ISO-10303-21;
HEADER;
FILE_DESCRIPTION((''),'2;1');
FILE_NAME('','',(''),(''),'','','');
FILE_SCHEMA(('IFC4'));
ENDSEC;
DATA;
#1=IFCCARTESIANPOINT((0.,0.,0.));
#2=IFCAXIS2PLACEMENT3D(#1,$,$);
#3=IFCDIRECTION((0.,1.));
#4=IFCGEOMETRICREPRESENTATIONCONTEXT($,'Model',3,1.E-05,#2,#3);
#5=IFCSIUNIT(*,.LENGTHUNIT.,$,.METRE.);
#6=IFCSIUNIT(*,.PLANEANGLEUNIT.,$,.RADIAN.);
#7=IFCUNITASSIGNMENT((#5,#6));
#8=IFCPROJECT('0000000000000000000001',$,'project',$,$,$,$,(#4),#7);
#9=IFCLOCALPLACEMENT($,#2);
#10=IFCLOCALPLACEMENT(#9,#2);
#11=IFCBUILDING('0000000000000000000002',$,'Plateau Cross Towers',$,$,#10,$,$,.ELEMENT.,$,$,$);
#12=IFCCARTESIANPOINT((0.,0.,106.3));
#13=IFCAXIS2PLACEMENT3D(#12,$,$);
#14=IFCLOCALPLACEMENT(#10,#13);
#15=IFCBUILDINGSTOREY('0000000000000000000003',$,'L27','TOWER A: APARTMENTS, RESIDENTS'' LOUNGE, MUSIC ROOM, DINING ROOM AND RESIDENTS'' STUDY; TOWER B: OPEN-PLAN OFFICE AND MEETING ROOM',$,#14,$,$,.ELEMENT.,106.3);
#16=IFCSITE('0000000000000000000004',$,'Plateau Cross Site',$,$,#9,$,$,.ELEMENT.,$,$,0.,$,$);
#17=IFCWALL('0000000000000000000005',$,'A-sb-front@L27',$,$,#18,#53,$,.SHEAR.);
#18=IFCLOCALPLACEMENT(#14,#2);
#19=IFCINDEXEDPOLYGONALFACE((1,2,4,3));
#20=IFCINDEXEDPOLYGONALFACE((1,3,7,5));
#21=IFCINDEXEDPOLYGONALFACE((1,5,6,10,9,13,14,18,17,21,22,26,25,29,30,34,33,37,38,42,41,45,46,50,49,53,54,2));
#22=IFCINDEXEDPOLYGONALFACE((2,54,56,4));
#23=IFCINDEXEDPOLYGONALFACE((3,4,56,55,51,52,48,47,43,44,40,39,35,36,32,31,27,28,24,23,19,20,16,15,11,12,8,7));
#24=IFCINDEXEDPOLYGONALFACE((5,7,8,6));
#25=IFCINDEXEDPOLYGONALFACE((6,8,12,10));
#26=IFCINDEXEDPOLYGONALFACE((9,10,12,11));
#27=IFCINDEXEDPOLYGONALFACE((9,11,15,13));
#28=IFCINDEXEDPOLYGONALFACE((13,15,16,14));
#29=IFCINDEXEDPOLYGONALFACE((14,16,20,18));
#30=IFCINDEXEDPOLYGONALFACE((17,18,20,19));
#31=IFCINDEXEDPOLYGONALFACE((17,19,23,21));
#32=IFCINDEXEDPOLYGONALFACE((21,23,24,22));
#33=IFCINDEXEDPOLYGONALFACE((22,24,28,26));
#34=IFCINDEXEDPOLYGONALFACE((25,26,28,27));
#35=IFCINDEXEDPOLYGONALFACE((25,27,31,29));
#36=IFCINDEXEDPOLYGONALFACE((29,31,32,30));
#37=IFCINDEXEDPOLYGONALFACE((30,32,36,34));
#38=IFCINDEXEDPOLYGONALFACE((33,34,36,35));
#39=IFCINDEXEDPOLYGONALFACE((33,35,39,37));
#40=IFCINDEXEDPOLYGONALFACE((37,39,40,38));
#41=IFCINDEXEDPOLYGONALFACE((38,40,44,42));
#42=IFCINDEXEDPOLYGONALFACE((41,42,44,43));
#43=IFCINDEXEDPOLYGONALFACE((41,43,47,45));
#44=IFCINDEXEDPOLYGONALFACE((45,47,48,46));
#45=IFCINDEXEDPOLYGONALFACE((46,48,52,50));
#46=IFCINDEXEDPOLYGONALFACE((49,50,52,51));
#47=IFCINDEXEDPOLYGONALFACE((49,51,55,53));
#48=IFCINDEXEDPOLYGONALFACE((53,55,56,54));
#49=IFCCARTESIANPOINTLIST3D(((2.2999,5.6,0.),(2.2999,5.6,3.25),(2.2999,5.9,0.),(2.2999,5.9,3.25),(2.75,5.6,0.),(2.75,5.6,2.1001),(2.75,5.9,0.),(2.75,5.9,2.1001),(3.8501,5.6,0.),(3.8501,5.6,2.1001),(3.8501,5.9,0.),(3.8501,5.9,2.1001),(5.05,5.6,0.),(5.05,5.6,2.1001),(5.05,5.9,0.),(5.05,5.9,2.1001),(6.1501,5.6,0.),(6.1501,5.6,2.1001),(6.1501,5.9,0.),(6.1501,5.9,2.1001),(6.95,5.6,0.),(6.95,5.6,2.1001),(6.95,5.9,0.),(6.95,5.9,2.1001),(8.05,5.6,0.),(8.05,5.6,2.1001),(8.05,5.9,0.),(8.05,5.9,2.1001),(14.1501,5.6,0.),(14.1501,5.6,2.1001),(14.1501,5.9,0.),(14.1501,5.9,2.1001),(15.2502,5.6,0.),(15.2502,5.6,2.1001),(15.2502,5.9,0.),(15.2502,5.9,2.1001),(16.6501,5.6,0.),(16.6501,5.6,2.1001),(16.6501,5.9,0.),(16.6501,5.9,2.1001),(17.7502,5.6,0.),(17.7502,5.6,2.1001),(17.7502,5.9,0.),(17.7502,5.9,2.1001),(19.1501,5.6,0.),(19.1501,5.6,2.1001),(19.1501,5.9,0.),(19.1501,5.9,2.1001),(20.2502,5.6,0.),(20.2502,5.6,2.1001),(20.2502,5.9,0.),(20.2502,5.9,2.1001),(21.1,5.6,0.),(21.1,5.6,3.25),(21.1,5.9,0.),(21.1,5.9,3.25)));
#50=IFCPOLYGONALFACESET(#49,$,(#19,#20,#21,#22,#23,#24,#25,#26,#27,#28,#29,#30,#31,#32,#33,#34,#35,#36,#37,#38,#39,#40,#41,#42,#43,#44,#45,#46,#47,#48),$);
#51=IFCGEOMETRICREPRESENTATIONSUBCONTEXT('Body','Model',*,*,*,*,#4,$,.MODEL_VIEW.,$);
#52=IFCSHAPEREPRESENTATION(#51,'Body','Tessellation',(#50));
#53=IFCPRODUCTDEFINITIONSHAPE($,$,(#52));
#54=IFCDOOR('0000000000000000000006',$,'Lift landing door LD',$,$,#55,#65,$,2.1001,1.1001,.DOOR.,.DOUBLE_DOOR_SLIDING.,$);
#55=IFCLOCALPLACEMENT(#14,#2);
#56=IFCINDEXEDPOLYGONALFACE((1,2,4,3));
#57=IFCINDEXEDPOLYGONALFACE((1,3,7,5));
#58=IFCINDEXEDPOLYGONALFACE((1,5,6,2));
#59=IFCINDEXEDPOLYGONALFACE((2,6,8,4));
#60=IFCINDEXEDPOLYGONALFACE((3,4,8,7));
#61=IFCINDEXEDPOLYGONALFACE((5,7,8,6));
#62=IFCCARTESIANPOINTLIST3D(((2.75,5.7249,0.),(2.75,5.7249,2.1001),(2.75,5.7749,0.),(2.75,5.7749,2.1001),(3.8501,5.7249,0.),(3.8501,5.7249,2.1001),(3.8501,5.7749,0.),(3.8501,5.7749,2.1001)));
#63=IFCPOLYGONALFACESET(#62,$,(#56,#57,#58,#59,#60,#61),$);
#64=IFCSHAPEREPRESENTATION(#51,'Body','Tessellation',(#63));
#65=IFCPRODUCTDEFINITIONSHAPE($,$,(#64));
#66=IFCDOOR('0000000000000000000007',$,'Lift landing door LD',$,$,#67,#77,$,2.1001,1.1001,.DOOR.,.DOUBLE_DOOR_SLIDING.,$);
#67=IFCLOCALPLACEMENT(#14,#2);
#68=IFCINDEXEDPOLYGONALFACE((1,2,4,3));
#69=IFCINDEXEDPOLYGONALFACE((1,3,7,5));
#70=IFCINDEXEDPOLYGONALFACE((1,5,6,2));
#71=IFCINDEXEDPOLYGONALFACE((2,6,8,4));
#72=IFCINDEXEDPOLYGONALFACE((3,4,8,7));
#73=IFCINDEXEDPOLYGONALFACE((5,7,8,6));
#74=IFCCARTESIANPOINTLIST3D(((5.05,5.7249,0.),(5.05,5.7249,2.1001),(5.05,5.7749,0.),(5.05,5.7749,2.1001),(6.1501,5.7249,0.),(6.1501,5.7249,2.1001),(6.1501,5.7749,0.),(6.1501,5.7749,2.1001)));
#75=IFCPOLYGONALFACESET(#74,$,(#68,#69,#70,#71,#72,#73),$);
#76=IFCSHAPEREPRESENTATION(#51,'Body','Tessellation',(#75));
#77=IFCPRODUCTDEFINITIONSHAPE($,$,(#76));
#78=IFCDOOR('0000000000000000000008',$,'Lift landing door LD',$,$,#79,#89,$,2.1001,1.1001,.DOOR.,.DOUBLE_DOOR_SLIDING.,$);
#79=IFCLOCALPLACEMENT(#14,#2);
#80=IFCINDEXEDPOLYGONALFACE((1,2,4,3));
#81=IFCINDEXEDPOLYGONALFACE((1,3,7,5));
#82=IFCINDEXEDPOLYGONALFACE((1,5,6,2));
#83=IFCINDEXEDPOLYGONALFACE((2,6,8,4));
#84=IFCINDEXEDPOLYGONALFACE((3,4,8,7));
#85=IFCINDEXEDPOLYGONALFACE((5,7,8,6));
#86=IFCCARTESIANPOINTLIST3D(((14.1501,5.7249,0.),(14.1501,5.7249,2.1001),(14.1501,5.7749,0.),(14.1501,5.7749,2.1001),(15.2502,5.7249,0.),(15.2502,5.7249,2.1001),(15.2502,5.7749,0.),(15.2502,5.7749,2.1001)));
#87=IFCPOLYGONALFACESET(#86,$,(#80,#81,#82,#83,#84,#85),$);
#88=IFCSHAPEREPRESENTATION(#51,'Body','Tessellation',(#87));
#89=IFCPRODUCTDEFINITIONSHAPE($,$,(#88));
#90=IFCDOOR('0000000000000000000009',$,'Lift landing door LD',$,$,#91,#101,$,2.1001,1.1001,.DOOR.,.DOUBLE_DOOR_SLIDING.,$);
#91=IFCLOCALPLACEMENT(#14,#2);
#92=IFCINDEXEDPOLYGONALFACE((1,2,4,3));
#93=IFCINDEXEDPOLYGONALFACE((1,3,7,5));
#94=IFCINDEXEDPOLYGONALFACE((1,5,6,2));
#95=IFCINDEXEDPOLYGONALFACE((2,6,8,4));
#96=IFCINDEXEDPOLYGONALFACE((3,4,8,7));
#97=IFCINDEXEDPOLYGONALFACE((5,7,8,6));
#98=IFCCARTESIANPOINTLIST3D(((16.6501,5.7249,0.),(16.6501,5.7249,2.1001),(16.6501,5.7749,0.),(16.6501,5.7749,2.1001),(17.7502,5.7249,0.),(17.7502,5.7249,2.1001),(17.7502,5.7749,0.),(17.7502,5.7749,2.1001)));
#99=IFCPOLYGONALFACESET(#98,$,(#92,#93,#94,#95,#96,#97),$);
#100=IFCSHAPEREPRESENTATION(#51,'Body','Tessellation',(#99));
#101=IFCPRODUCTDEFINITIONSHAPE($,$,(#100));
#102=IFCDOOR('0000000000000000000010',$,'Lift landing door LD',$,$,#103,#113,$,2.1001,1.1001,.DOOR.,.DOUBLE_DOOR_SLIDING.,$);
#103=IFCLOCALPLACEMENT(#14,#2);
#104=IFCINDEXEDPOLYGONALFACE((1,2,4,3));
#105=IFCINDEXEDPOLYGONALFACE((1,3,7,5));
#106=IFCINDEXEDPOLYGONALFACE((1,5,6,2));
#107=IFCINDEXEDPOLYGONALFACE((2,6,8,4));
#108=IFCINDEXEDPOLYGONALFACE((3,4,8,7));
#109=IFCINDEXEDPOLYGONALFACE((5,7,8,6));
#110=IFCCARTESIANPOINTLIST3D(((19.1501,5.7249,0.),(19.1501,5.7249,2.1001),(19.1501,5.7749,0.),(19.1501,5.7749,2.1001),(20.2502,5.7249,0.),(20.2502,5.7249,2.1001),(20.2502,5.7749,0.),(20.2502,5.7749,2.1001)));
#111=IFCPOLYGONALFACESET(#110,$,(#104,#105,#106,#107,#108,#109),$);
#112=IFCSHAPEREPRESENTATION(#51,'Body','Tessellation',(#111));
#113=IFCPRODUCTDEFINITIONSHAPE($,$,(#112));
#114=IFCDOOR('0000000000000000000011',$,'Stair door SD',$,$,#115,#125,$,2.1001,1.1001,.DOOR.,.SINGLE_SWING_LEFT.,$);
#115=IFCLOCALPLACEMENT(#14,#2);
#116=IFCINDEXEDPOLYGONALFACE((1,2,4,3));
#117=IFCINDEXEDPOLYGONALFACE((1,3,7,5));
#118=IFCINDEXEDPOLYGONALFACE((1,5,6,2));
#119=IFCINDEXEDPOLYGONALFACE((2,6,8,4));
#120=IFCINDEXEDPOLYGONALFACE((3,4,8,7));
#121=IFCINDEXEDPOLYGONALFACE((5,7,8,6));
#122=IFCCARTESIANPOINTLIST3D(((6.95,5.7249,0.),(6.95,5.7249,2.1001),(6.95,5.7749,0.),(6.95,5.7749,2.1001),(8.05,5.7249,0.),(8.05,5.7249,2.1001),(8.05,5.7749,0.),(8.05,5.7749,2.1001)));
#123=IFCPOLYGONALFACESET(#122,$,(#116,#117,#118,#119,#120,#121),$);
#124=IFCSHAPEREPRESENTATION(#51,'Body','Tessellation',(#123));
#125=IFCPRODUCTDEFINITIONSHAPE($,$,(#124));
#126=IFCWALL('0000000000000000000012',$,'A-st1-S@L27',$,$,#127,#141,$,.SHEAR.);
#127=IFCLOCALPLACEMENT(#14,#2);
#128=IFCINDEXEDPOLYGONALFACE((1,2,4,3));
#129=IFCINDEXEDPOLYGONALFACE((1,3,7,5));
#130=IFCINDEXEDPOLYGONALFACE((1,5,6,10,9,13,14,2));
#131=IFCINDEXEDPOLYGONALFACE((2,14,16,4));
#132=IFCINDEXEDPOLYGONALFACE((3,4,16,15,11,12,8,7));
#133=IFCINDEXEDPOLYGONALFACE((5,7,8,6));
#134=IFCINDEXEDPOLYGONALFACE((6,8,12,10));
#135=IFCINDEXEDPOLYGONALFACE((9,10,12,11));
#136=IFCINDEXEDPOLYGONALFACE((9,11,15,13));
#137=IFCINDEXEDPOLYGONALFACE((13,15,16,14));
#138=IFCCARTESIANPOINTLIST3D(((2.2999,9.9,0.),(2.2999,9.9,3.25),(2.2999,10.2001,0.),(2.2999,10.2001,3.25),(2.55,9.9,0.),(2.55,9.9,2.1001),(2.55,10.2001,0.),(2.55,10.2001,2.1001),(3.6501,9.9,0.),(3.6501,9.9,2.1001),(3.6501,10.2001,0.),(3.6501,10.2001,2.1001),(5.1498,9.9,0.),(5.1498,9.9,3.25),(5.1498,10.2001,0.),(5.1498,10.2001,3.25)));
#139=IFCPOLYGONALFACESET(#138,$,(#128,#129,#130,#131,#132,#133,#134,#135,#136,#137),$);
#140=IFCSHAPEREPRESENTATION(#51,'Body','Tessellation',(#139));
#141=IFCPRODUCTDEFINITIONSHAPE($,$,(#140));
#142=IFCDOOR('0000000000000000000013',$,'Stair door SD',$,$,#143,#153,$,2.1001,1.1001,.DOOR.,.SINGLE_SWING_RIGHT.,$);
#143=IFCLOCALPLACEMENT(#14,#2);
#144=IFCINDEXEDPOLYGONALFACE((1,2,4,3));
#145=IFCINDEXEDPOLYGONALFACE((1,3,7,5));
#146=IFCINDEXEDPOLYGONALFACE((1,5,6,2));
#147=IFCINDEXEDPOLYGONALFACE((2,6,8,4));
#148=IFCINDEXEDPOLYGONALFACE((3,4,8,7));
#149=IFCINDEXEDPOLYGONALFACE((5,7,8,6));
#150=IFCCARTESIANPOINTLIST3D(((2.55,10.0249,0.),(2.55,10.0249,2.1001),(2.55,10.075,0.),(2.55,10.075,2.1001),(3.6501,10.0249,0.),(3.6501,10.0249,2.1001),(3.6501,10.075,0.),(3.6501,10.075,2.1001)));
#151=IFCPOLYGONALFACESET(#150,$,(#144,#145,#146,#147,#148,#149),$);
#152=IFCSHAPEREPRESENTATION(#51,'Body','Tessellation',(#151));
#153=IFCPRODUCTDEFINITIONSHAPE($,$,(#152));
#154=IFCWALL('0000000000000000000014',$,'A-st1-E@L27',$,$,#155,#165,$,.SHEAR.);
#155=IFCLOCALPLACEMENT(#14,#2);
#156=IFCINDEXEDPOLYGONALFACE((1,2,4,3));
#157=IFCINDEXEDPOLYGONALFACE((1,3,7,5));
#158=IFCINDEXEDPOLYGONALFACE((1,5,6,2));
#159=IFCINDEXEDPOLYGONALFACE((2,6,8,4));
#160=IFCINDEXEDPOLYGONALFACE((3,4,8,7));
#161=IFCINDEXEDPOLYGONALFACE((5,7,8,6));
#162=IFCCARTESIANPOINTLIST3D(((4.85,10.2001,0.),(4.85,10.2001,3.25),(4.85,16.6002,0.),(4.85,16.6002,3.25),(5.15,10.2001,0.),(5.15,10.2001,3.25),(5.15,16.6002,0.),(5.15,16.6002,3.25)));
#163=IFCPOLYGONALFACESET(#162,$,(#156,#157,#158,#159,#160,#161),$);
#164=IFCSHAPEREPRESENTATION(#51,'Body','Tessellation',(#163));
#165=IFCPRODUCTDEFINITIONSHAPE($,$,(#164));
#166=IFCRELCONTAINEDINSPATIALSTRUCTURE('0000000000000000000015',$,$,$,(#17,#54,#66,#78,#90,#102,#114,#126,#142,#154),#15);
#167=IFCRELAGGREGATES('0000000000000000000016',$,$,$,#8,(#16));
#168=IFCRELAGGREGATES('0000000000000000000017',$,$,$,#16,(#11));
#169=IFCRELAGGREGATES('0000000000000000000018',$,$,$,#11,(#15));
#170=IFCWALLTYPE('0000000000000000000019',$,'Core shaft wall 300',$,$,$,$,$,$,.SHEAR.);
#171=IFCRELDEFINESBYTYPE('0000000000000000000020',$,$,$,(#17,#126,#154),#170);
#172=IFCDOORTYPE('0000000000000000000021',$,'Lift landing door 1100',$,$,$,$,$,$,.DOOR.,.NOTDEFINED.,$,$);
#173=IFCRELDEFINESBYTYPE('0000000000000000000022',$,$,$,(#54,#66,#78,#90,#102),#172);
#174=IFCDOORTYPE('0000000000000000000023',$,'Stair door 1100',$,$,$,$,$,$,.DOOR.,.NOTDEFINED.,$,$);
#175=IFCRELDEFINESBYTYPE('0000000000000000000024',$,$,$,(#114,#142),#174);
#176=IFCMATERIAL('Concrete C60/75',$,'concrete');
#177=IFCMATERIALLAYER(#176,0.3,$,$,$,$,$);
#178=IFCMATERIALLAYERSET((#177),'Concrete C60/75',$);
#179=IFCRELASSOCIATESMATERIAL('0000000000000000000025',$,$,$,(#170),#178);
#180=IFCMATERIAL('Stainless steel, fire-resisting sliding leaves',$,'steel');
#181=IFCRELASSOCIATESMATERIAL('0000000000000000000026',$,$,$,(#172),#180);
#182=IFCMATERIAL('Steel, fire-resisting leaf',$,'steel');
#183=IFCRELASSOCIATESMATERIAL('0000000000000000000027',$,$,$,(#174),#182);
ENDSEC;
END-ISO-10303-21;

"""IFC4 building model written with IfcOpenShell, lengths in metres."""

from ifc_helpers import new_model, si_unit, direction, frame, frame_2d, origin, place, context, subcontext, project, spatial, rectangle, extrude, material, layer, layer_set, type_object, element, fill, save


model = new_model("IFC4")

# Units and contexts
model_context = context("Model", 3, precision=1e-05, world=origin(), true_north=direction((0.0, 1.0)))
body_context = subcontext(model_context, "Body", "Model", "MODEL_VIEW")
ifc_project = project(units=[si_unit("LENGTHUNIT", "METRE"), si_unit("PLANEANGLEUNIT", "RADIAN")], contexts=[model_context])

# Site, building, storey
site_placement = place(None, origin())
site = spatial("IfcSite", under=ifc_project, at=site_placement, Name="Plateau Cross Site", CompositionType="ELEMENT", RefElevation=0.0)
building_placement = place(site_placement, origin())
building = spatial("IfcBuilding", under=site, at=building_placement, Name="Plateau Cross Towers", CompositionType="ELEMENT")
storey_placement = place(building_placement, frame((0.0, 0.0, 106.3)))
storey = spatial("IfcBuildingStorey", under=building, at=storey_placement, Name="L27", Description="TOWER A: APARTMENTS, RESIDENTS' LOUNGE, MUSIC ROOM, DINING ROOM AND RESIDENTS' STUDY; TOWER B: OPEN-PLAN OFFICE AND MEETING ROOM", CompositionType="ELEMENT", Elevation=106.3)

# Shared definitions
ifc_material_1 = material(Name="Steel, fire-resisting leaf", Category="steel")

# Shared definitions
ifc_material_2 = material(Name="Concrete C60/75", Category="concrete")
ifc_layer_1 = layer(ifc_material_2, 0.3)
ifc_layer_set_1 = layer_set([ifc_layer_1], Name="Concrete C60/75")
wall_type_1 = type_object("IfcWallType", Name="Core shaft wall 300", PredefinedType="SHEAR", material=ifc_layer_set_1)

# Wall, openings, doors
wall_1_placement = place(storey_placement, frame((2.3, 5.75, 0.0), z_axis=(0.0, 0.0, 1.0), x_axis=(1.0, 0.0, 0.0)))
wall_1 = element("IfcWall", 1, at=wall_1_placement, inside=storey, type_object=wall_type_1, Name="A-sb-front@L27", PredefinedType="SHEAR", context=body_context, shape_type="SweptSolid", body=[
    extrude(rectangle(XDim=18.8, YDim=0.3, at=frame_2d((9.3999, 0.0))), origin(), (0.0, 0.0, 1.0), 3.25),
])
opening_1_placement = place(wall_1_placement, frame((4.6499, 0.0, 0.0)))
opening_1 = element("IfcOpeningElement", 2, at=opening_1_placement, cuts=wall_1, PredefinedType="OPENING", context=body_context, shape_type="SweptSolid", body=[
    extrude(rectangle(XDim=1.1001, YDim=2.1001, at=frame_2d((0.55, 1.05))), frame((0.0, 0.1599, 0.0), z_axis=(0.0, -1.0, 0.0), x_axis=(1.0, 0.0, 0.0)), (0.0, 0.0, 1.0), 0.3201),
])
opening_2_placement = place(wall_1_placement, frame((0.45, 0.0, 0.0)))
opening_2 = element("IfcOpeningElement", 3, at=opening_2_placement, cuts=wall_1, PredefinedType="OPENING", context=body_context, shape_type="SweptSolid", body=[
    extrude(rectangle(XDim=1.1001, YDim=2.1001, at=frame_2d((0.55, 1.05))), frame((0.0, 0.1599, 0.0), z_axis=(0.0, -1.0, 0.0), x_axis=(1.0, 0.0, 0.0)), (0.0, 0.0, 1.0), 0.3201),
])
opening_3_placement = place(wall_1_placement, frame((2.75, 0.0, 0.0)))
opening_3 = element("IfcOpeningElement", 4, at=opening_3_placement, cuts=wall_1, PredefinedType="OPENING", context=body_context, shape_type="SweptSolid", body=[
    extrude(rectangle(XDim=1.1001, YDim=2.1001, at=frame_2d((0.55, 1.05))), frame((0.0, 0.1599, 0.0), z_axis=(0.0, -1.0, 0.0), x_axis=(1.0, 0.0, 0.0)), (0.0, 0.0, 1.0), 0.3201),
])
opening_4_placement = place(wall_1_placement, frame((11.8501, 0.0, 0.0)))
opening_4 = element("IfcOpeningElement", 5, at=opening_4_placement, cuts=wall_1, PredefinedType="OPENING", context=body_context, shape_type="SweptSolid", body=[
    extrude(rectangle(XDim=1.1001, YDim=2.1001, at=frame_2d((0.55, 1.05))), frame((0.0, 0.1599, 0.0), z_axis=(0.0, -1.0, 0.0), x_axis=(1.0, 0.0, 0.0)), (0.0, 0.0, 1.0), 0.3201),
])
opening_5_placement = place(wall_1_placement, frame((14.3501, 0.0, 0.0)))
opening_5 = element("IfcOpeningElement", 6, at=opening_5_placement, cuts=wall_1, PredefinedType="OPENING", context=body_context, shape_type="SweptSolid", body=[
    extrude(rectangle(XDim=1.1001, YDim=2.1001, at=frame_2d((0.55, 1.05))), frame((0.0, 0.1599, 0.0), z_axis=(0.0, -1.0, 0.0), x_axis=(1.0, 0.0, 0.0)), (0.0, 0.0, 1.0), 0.3201),
])
opening_6_placement = place(wall_1_placement, frame((16.8501, 0.0, 0.0)))
opening_6 = element("IfcOpeningElement", 7, at=opening_6_placement, cuts=wall_1, PredefinedType="OPENING", context=body_context, shape_type="SweptSolid", body=[
    extrude(rectangle(XDim=1.1001, YDim=2.1001, at=frame_2d((0.55, 1.05))), frame((0.0, 0.1599, 0.0), z_axis=(0.0, -1.0, 0.0), x_axis=(1.0, 0.0, 0.0)), (0.0, 0.0, 1.0), 0.3201),
])
ifc_material_3 = material(Name="Stainless steel, fire-resisting sliding leaves", Category="steel")
door_type_1 = type_object("IfcDoorType", Name="Lift landing door 1100", OperationType="NOTDEFINED", PredefinedType="DOOR", material=ifc_material_3)
door_1_placement = place(opening_2_placement, origin())
door_1 = element("IfcDoor", 8, at=door_1_placement, inside=storey, type_object=door_type_1, Name="Lift landing door LD", OperationType="DOUBLE_DOOR_SLIDING", OverallHeight=2.1001, OverallWidth=1.1001, PredefinedType="DOOR", context=body_context, shape_type="SweptSolid", body=[
    extrude(rectangle(XDim=1.1001, YDim=2.1001, at=frame_2d((0.55, 1.05))), frame((0.0, 0.0249, 0.0), z_axis=(0.0, -1.0, 0.0), x_axis=(1.0, 0.0, 0.0)), (0.0, 0.0, 1.0), 0.05),
])
fill(opening_2, door_1)
door_2_placement = place(opening_3_placement, origin())
door_2 = element("IfcDoor", 9, at=door_2_placement, inside=storey, type_object=door_type_1, Name="Lift landing door LD", OperationType="DOUBLE_DOOR_SLIDING", OverallHeight=2.1001, OverallWidth=1.1001, PredefinedType="DOOR", context=body_context, shape_type="SweptSolid", body=[
    extrude(rectangle(XDim=1.1001, YDim=2.1001, at=frame_2d((0.55, 1.05))), frame((0.0, 0.0249, 0.0), z_axis=(0.0, -1.0, 0.0), x_axis=(1.0, 0.0, 0.0)), (0.0, 0.0, 1.0), 0.05),
])
fill(opening_3, door_2)
door_3_placement = place(opening_4_placement, origin())
door_3 = element("IfcDoor", 10, at=door_3_placement, inside=storey, type_object=door_type_1, Name="Lift landing door LD", OperationType="DOUBLE_DOOR_SLIDING", OverallHeight=2.1001, OverallWidth=1.1001, PredefinedType="DOOR", context=body_context, shape_type="SweptSolid", body=[
    extrude(rectangle(XDim=1.1001, YDim=2.1001, at=frame_2d((0.55, 1.05))), frame((0.0, 0.0249, 0.0), z_axis=(0.0, -1.0, 0.0), x_axis=(1.0, 0.0, 0.0)), (0.0, 0.0, 1.0), 0.05),
])
fill(opening_4, door_3)
door_4_placement = place(opening_5_placement, origin())
door_4 = element("IfcDoor", 11, at=door_4_placement, inside=storey, type_object=door_type_1, Name="Lift landing door LD", OperationType="DOUBLE_DOOR_SLIDING", OverallHeight=2.1001, OverallWidth=1.1001, PredefinedType="DOOR", context=body_context, shape_type="SweptSolid", body=[
    extrude(rectangle(XDim=1.1001, YDim=2.1001, at=frame_2d((0.55, 1.05))), frame((0.0, 0.0249, 0.0), z_axis=(0.0, -1.0, 0.0), x_axis=(1.0, 0.0, 0.0)), (0.0, 0.0, 1.0), 0.05),
])
fill(opening_5, door_4)
door_5_placement = place(opening_6_placement, origin())
door_5 = element("IfcDoor", 12, at=door_5_placement, inside=storey, type_object=door_type_1, Name="Lift landing door LD", OperationType="DOUBLE_DOOR_SLIDING", OverallHeight=2.1001, OverallWidth=1.1001, PredefinedType="DOOR", context=body_context, shape_type="SweptSolid", body=[
    extrude(rectangle(XDim=1.1001, YDim=2.1001, at=frame_2d((0.55, 1.05))), frame((0.0, 0.0249, 0.0), z_axis=(0.0, -1.0, 0.0), x_axis=(1.0, 0.0, 0.0)), (0.0, 0.0, 1.0), 0.05),
])
fill(opening_6, door_5)
door_type_2 = type_object("IfcDoorType", Name="Stair door 1100", OperationType="NOTDEFINED", PredefinedType="DOOR", material=ifc_material_1)
door_6_placement = place(opening_1_placement, origin())
door_6 = element("IfcDoor", 13, at=door_6_placement, inside=storey, type_object=door_type_2, Name="Stair door SD", OperationType="SINGLE_SWING_LEFT", OverallHeight=2.1001, OverallWidth=1.1001, PredefinedType="DOOR", context=body_context, shape_type="SweptSolid", body=[
    extrude(rectangle(XDim=1.1001, YDim=2.1001, at=frame_2d((0.55, 1.05))), frame((0.0, 0.0249, 0.0), z_axis=(0.0, -1.0, 0.0), x_axis=(1.0, 0.0, 0.0)), (0.0, 0.0, 1.0), 0.05),
])
fill(opening_1, door_6)

# Wall, opening, door
wall_2_placement = place(storey_placement, frame((2.3, 10.05, 0.0), z_axis=(0.0, 0.0, 1.0), x_axis=(1.0, 0.0, 0.0)))
wall_2 = element("IfcWall", 14, at=wall_2_placement, inside=storey, type_object=wall_type_1, Name="A-st1-S@L27", PredefinedType="SHEAR", context=body_context, shape_type="SweptSolid", body=[
    extrude(rectangle(XDim=2.8499, YDim=0.3, at=frame_2d((1.4248, 0.0))), origin(), (0.0, 0.0, 1.0), 3.25),
])
opening_7_placement = place(wall_2_placement, frame((0.25, 0.0, 0.0)))
opening_7 = element("IfcOpeningElement", 15, at=opening_7_placement, cuts=wall_2, PredefinedType="OPENING", context=body_context, shape_type="SweptSolid", body=[
    extrude(rectangle(XDim=1.1001, YDim=2.1001, at=frame_2d((0.55, 1.05))), frame((0.0, 0.1599, 0.0), z_axis=(0.0, -1.0, 0.0), x_axis=(1.0, 0.0, 0.0)), (0.0, 0.0, 1.0), 0.3201),
])
door_7_placement = place(opening_7_placement, origin())
door_7 = element("IfcDoor", 16, at=door_7_placement, inside=storey, type_object=door_type_2, Name="Stair door SD", OperationType="SINGLE_SWING_RIGHT", OverallHeight=2.1001, OverallWidth=1.1001, PredefinedType="DOOR", context=body_context, shape_type="SweptSolid", body=[
    extrude(rectangle(XDim=1.1001, YDim=2.1001, at=frame_2d((0.55, 1.05))), frame((0.0, 0.0249, 0.0), z_axis=(0.0, -1.0, 0.0), x_axis=(1.0, 0.0, 0.0)), (0.0, 0.0, 1.0), 0.05),
])
fill(opening_7, door_7)

# Wall
wall_3_placement = place(storey_placement, frame((5.0, 10.2, 0.0), z_axis=(0.0, 0.0, 1.0), x_axis=(0.0, 1.0, 0.0)))
element("IfcWall", 17, at=wall_3_placement, inside=storey, type_object=wall_type_1, Name="A-st1-E@L27", PredefinedType="SHEAR", context=body_context, shape_type="SweptSolid", body=[
    extrude(rectangle(XDim=6.4001, YDim=0.3, at=frame_2d((3.2002, 0.0))), origin(), (0.0, 0.0, 1.0), 3.25),
])

save(model, "model.ifc")
